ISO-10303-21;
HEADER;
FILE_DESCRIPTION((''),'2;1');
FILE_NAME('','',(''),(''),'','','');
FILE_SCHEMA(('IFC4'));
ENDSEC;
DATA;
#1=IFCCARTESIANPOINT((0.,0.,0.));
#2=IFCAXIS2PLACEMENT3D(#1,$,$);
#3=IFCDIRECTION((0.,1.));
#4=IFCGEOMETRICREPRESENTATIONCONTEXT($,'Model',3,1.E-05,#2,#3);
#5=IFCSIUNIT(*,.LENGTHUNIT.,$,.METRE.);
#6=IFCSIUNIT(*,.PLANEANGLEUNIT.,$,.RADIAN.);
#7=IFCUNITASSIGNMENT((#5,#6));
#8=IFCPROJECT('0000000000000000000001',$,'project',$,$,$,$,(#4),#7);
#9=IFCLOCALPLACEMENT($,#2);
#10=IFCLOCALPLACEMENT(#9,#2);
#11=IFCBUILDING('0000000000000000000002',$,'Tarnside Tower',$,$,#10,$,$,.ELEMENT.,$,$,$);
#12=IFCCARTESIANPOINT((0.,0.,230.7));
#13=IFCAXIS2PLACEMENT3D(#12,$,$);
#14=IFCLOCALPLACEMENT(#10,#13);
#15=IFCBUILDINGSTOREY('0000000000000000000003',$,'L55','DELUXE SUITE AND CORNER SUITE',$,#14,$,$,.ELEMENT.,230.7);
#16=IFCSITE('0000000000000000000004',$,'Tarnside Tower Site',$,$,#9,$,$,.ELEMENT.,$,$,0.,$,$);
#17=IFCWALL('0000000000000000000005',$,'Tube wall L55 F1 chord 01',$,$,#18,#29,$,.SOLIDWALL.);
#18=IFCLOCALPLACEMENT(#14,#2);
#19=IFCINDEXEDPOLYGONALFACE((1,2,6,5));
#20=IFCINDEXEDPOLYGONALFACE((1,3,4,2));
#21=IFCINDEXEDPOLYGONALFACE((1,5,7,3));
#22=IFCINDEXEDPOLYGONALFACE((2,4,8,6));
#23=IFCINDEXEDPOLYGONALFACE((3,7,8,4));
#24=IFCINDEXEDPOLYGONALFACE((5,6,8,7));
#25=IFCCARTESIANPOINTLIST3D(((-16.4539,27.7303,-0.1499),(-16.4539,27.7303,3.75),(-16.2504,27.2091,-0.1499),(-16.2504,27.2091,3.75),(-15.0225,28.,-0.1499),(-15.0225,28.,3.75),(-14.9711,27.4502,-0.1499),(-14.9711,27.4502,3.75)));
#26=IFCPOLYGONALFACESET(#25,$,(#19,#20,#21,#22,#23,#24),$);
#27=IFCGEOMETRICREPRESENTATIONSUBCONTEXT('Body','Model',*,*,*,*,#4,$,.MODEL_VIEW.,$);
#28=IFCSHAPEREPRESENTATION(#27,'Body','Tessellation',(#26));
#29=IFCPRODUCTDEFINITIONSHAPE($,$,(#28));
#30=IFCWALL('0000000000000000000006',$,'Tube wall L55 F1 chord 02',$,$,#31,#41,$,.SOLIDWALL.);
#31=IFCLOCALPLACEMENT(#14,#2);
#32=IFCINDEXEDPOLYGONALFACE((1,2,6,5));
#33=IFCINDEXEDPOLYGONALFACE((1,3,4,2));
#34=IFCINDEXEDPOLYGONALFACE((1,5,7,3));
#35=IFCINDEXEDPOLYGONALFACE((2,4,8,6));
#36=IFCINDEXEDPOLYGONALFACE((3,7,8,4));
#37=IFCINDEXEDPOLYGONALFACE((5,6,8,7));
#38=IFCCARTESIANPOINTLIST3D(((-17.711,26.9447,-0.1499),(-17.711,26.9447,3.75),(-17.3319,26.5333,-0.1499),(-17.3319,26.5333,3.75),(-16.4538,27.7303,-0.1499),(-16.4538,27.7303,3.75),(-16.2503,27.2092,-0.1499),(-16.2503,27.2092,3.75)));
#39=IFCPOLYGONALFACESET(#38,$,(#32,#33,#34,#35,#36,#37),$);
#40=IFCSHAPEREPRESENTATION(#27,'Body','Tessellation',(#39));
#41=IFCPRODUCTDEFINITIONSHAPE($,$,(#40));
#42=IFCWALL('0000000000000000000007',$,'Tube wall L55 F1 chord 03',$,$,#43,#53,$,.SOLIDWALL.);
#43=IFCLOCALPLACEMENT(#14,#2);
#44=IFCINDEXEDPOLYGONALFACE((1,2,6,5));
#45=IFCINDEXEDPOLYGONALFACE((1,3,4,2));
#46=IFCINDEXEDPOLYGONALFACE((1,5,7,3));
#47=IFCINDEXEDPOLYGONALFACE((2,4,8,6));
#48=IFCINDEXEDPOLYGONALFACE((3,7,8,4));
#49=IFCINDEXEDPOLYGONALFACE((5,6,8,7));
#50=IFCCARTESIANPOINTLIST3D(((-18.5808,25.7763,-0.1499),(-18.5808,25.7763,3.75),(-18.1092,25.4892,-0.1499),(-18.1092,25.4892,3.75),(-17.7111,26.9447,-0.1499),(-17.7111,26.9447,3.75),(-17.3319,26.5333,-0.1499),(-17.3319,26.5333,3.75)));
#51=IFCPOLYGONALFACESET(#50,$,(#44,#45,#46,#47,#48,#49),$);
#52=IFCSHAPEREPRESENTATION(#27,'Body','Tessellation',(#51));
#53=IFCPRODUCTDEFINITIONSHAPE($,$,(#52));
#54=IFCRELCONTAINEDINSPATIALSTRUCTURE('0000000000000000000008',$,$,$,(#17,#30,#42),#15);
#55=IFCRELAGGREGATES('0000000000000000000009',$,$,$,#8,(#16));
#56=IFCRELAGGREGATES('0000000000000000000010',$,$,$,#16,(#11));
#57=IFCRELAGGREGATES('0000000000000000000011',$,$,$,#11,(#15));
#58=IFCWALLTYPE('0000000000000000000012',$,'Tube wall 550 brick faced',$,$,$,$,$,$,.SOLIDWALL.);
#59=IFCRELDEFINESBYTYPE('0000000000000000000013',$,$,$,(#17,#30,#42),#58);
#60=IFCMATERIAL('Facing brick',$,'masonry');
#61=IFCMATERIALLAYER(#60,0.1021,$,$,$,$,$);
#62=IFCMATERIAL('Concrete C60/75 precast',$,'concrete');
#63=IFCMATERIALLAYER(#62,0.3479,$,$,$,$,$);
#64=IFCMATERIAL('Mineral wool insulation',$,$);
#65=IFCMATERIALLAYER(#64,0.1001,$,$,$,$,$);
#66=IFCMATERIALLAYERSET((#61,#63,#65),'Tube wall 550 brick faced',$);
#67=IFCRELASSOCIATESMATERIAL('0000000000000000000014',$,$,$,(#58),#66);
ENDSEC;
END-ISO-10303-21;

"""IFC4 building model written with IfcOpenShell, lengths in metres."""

from ifc_helpers import new_model, si_unit, direction, frame, origin, place, context, subcontext, project, spatial, polyline, outline, extrude, material, layer, layer_set, type_object, element, save


model = new_model("IFC4")

# Units and contexts
model_context = context("Model", 3, precision=1e-05, world=origin(), true_north=direction((0.0, 1.0)))
body_context = subcontext(model_context, "Body", "Model", "MODEL_VIEW")
ifc_project = project(units=[si_unit("LENGTHUNIT", "METRE"), si_unit("PLANEANGLEUNIT", "RADIAN")], contexts=[model_context])

# Site, building, storey
site_placement = place(None, origin())
site = spatial("IfcSite", under=ifc_project, at=site_placement, Name="Tarnside Tower Site", CompositionType="ELEMENT", RefElevation=0.0)
building_placement = place(site_placement, origin())
building = spatial("IfcBuilding", under=site, at=building_placement, Name="Tarnside Tower", CompositionType="ELEMENT")
storey_placement = place(building_placement, frame((0.0, 0.0, 230.7)))
storey = spatial("IfcBuildingStorey", under=building, at=storey_placement, Name="L55", Description="DELUXE SUITE AND CORNER SUITE", CompositionType="ELEMENT", Elevation=230.7)

# Walls
ifc_material_1 = material(Name="Facing brick", Category="masonry")
ifc_layer_1 = layer(ifc_material_1, 0.1021)
ifc_material_2 = material(Name="Concrete C60/75 precast", Category="concrete")
ifc_layer_2 = layer(ifc_material_2, 0.3479)
ifc_material_3 = material(Name="Mineral wool insulation")
ifc_layer_3 = layer(ifc_material_3, 0.1001)
ifc_layer_set_1 = layer_set([ifc_layer_1, ifc_layer_2, ifc_layer_3], Name="Tube wall 550 brick faced")
wall_type_1 = type_object("IfcWallType", Name="Tube wall 550 brick faced", PredefinedType="SOLIDWALL", material=ifc_layer_set_1)
wall_1_placement = place(storey_placement, frame((-14.9968, 27.7251, -0.1499), z_axis=(0.0, 0.0, 1.0), x_axis=(-0.982705, -0.185176, 0.0)))
element("IfcWall", 1, at=wall_1_placement, inside=storey, type_object=wall_type_1, Name="Tube wall L55 F1 chord 01", PredefinedType="SOLIDWALL", context=body_context, shape_type="SweptSolid", body=[
    extrude(outline(polyline([(-0.0256, -0.2749), (1.4309, -0.2749), (1.3274, 0.2749), (0.0256, 0.2749), (-0.0256, -0.2749)])), origin(), (0.0, 0.0, 1.0), 3.8999),
])
wall_2_placement = place(storey_placement, frame((-16.3521, 27.4697, -0.1499), z_axis=(0.0, 0.0, 1.0), x_axis=(-0.848058, -0.529903, 0.0)))
element("IfcWall", 2, at=wall_2_placement, inside=storey, type_object=wall_type_1, Name="Tube wall L55 F1 chord 02", PredefinedType="SOLIDWALL", context=body_context, shape_type="SweptSolid", body=[
    extrude(outline(polyline([(-0.0518, -0.2749), (1.4307, -0.2749), (1.3271, 0.2749), (0.0518, 0.2749), (-0.0518, -0.2749)])), origin(), (0.0, 0.0, 1.0), 3.8999),
])
wall_3_placement = place(storey_placement, frame((-17.5215, 26.739, -0.1499), z_axis=(0.0, 0.0, 1.0), x_axis=(-0.597135, -0.802141, 0.0)))
element("IfcWall", 3, at=wall_3_placement, inside=storey, type_object=wall_type_1, Name="Tube wall L55 F1 chord 03", PredefinedType="SOLIDWALL", context=body_context, shape_type="SweptSolid", body=[
    extrude(outline(polyline([(-0.0518, -0.2749), (1.4048, -0.2749), (1.3535, 0.2749), (0.0518, 0.2749), (-0.0518, -0.2749)])), origin(), (0.0, 0.0, 1.0), 3.8999),
])

save(model, "model.ifc")
